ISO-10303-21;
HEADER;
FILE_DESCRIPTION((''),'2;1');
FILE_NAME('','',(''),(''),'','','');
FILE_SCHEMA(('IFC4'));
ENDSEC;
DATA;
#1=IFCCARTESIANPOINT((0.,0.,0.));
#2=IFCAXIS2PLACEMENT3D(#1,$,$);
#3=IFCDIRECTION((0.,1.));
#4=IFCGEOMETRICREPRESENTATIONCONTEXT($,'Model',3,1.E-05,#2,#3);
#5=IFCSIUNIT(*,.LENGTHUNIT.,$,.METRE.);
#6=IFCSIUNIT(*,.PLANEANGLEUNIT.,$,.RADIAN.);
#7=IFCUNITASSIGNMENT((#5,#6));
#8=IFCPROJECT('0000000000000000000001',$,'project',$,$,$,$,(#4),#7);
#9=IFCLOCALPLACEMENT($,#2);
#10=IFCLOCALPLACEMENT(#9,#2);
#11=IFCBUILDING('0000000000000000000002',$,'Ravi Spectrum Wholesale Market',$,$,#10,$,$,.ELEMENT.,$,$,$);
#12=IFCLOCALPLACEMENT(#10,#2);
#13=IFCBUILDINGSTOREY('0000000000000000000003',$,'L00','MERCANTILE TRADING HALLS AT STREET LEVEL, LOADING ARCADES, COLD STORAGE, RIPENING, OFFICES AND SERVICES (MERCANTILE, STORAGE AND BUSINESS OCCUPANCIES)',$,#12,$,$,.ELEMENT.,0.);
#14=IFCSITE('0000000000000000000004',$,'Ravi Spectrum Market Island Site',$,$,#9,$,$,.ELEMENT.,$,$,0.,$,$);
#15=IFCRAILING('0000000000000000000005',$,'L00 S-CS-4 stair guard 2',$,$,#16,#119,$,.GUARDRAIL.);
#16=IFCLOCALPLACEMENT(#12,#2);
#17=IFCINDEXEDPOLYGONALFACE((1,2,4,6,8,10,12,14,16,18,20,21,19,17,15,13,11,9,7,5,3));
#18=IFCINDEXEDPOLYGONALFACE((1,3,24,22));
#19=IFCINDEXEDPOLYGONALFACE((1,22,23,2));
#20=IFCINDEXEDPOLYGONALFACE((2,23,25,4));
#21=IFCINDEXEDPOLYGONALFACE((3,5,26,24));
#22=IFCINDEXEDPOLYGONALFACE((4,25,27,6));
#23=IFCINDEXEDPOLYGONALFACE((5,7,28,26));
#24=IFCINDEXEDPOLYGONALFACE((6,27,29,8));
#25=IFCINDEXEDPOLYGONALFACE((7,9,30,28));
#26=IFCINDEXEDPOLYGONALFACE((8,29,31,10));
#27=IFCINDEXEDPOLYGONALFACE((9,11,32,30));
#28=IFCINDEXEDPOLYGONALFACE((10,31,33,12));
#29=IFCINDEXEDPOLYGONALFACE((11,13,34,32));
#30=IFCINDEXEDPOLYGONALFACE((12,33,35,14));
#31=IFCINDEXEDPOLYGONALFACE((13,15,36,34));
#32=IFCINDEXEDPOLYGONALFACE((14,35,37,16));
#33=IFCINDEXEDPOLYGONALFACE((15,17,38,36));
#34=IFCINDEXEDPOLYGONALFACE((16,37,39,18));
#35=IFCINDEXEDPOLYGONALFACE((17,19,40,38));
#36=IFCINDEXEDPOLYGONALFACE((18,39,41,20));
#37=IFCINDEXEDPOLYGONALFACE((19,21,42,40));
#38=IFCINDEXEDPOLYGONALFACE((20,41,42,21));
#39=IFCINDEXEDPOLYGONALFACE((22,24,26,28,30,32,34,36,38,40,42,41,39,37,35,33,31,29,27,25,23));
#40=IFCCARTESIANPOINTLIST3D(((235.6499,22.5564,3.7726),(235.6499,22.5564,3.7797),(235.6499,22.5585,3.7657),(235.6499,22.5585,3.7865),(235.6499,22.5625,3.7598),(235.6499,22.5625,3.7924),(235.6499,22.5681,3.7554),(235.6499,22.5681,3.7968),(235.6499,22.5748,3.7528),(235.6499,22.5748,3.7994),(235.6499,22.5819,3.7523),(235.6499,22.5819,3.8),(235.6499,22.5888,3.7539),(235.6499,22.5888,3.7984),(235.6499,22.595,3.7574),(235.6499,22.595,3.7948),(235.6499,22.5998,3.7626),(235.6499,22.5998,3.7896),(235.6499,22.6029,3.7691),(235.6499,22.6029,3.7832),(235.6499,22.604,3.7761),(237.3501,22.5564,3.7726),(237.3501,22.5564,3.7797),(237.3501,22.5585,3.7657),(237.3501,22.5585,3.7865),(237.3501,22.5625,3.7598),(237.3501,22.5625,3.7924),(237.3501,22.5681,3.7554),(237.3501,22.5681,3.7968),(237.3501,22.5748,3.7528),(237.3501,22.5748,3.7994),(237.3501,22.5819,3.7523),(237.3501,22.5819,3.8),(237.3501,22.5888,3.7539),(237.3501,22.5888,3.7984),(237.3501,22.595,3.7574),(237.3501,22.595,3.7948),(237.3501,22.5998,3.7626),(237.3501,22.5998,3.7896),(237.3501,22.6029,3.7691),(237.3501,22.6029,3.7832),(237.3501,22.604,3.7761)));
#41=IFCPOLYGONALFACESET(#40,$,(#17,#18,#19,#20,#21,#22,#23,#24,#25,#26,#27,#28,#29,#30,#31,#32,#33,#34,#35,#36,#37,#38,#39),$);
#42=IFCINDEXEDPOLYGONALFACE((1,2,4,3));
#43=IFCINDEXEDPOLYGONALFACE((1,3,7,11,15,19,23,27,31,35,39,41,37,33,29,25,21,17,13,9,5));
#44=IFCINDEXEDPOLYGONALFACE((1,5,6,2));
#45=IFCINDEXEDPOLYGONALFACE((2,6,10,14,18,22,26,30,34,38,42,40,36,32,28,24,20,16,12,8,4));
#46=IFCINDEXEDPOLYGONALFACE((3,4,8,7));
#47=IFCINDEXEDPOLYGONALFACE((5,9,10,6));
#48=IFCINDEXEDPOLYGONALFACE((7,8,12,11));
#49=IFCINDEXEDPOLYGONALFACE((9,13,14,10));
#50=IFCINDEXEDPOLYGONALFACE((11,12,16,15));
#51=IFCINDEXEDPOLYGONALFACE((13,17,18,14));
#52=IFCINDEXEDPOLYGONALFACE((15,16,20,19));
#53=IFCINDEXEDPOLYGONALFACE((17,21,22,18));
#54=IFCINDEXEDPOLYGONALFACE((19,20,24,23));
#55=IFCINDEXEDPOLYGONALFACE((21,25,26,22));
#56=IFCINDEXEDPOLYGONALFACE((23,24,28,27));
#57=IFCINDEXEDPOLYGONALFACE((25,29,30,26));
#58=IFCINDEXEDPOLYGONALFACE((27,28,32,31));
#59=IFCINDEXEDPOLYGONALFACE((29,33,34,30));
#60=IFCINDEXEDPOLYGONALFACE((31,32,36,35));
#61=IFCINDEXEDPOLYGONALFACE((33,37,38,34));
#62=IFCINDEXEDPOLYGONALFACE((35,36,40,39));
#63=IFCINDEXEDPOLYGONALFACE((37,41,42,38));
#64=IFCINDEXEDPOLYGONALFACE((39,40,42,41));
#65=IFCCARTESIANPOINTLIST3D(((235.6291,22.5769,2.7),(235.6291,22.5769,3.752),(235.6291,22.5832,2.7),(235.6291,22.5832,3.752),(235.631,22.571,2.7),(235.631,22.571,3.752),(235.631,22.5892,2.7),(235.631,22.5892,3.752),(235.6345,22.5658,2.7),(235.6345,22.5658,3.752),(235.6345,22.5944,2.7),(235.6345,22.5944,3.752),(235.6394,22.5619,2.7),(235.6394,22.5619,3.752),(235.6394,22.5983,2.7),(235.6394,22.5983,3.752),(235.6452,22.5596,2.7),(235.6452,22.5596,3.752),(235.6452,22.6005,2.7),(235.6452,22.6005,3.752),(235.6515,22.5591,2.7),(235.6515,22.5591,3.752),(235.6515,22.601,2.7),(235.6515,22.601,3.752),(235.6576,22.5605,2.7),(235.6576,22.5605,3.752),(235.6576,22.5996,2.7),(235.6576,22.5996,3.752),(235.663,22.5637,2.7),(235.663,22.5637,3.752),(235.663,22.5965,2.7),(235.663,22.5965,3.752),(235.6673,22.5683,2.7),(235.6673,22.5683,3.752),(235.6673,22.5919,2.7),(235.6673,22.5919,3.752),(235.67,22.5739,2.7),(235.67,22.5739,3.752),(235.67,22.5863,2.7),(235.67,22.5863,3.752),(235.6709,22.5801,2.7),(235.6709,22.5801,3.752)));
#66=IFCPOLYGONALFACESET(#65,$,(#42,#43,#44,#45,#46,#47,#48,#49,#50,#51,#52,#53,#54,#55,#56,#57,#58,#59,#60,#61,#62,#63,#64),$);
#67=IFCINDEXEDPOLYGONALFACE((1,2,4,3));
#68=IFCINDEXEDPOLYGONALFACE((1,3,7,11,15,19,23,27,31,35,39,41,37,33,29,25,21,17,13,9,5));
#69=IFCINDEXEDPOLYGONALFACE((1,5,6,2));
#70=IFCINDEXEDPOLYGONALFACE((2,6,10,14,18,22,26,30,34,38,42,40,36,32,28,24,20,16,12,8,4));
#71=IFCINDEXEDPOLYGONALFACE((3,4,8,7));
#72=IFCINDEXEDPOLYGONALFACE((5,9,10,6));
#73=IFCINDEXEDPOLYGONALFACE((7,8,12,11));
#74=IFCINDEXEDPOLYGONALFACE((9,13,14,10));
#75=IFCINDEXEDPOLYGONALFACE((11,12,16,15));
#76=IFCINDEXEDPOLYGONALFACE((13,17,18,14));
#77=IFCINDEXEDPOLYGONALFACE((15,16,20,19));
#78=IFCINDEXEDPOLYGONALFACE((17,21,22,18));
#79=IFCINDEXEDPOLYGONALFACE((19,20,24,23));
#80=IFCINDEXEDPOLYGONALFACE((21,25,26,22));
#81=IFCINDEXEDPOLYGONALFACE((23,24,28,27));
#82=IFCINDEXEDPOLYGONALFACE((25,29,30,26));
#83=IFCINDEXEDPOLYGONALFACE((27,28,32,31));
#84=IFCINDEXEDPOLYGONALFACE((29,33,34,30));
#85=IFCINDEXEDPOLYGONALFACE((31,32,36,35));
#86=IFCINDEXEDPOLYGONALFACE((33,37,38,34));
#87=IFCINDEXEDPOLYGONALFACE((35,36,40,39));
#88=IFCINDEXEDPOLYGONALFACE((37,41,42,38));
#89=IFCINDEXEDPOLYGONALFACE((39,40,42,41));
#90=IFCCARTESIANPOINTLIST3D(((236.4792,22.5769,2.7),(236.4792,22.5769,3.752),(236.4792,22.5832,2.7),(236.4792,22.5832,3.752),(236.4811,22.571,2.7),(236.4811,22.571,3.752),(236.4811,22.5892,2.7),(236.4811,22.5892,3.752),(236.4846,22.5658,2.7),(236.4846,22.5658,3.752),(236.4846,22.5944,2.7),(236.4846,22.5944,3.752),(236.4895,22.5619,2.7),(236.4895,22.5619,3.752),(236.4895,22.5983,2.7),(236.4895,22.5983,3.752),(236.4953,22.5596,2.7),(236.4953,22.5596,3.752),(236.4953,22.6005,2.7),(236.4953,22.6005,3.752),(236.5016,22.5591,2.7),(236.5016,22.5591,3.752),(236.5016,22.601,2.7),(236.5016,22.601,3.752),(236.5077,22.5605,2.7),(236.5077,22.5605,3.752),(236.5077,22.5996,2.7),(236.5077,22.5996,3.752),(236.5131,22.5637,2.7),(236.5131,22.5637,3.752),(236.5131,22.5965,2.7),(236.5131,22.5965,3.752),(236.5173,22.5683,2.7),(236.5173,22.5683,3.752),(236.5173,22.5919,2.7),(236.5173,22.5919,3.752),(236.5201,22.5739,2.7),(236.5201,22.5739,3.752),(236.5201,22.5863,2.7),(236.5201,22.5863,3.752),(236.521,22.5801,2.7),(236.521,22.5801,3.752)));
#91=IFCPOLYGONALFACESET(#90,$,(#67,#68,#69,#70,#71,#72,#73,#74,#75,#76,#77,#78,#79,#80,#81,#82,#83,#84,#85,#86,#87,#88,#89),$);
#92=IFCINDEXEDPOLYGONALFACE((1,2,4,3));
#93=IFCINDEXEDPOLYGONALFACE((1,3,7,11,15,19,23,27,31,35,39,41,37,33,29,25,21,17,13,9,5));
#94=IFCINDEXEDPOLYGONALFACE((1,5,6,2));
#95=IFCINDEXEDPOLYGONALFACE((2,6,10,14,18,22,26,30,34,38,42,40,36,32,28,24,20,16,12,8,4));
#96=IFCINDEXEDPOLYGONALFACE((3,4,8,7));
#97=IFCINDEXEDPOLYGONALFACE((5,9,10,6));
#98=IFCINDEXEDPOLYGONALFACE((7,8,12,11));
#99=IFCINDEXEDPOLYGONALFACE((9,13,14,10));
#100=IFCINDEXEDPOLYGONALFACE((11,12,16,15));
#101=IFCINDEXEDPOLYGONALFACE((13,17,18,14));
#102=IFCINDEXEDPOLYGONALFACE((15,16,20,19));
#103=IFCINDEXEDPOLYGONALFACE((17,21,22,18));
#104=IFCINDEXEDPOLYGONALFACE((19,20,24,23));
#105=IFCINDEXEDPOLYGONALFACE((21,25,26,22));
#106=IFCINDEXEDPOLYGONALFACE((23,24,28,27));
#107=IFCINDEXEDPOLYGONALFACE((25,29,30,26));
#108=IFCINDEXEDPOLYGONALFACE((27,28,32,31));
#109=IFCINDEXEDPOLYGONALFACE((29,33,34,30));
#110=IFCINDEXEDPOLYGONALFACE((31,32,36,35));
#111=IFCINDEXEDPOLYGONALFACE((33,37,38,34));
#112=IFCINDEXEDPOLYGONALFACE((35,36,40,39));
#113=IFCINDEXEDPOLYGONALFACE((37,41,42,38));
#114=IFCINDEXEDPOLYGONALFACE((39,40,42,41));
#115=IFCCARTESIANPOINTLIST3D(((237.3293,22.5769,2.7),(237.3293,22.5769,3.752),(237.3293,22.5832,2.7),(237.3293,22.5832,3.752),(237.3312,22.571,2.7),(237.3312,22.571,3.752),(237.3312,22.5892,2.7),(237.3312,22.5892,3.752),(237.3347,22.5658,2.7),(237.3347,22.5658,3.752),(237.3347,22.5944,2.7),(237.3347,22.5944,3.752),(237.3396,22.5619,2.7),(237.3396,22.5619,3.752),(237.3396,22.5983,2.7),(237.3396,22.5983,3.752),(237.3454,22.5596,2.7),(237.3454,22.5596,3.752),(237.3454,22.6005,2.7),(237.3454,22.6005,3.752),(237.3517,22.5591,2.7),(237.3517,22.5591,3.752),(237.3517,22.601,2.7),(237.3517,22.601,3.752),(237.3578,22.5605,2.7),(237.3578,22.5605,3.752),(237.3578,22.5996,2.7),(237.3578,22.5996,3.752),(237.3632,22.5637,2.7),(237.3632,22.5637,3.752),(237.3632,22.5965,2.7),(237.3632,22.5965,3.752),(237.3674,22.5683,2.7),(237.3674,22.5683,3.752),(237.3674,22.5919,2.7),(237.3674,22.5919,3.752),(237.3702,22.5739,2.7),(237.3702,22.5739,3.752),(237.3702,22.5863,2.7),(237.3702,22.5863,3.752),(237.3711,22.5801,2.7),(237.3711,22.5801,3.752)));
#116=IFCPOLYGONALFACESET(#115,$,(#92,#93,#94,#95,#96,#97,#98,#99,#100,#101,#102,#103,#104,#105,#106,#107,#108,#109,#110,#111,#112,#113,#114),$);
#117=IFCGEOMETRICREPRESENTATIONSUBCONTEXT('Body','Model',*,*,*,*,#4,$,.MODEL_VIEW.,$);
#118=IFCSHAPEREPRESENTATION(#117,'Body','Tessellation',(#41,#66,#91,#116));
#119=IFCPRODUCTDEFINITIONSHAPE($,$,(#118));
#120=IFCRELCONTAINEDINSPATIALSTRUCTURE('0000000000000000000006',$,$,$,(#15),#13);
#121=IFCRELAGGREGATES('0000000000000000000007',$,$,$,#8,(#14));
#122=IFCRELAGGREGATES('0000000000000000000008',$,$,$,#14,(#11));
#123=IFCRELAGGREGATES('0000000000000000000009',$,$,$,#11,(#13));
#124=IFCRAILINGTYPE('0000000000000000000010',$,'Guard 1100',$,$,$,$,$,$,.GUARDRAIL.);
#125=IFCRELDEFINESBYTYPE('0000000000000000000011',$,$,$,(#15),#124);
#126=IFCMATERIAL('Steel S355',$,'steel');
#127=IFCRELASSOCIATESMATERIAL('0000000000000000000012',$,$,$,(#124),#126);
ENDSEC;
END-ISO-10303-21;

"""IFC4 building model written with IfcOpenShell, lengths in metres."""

from ifc_helpers import new_model, si_unit, direction, frame, origin, origin_2d, place, context, subcontext, project, spatial, circle, extrude, material, type_object, element, save


model = new_model("IFC4")

# Units and contexts
model_context = context("Model", 3, precision=1e-05, world=origin(), true_north=direction((0.0, 1.0)))
body_context = subcontext(model_context, "Body", "Model", "MODEL_VIEW")
ifc_project = project(units=[si_unit("LENGTHUNIT", "METRE"), si_unit("PLANEANGLEUNIT", "RADIAN")], contexts=[model_context])

# Site, building, storey
site_placement = place(None, origin())
site = spatial("IfcSite", under=ifc_project, at=site_placement, Name="Ravi Spectrum Market Island Site", CompositionType="ELEMENT", RefElevation=0.0)
building_placement = place(site_placement, origin())
building = spatial("IfcBuilding", under=site, at=building_placement, Name="Ravi Spectrum Wholesale Market", CompositionType="ELEMENT")
storey_placement = place(building_placement, origin())
storey = spatial("IfcBuildingStorey", under=building, at=storey_placement, Name="L00", Description="MERCANTILE TRADING HALLS AT STREET LEVEL, LOADING ARCADES, COLD STORAGE, RIPENING, OFFICES AND SERVICES (MERCANTILE, STORAGE AND BUSINESS OCCUPANCIES)", CompositionType="ELEMENT", Elevation=0.0)

# Railing
ifc_material_1 = material(Name="Steel S355", Category="steel")
railing_type_1 = type_object("IfcRailingType", Name="Guard 1100", PredefinedType="GUARDRAIL", material=ifc_material_1)
railing_1_placement = place(storey_placement, frame((235.6499, 22.5801, 2.7)))
element("IfcRailing", 1, at=railing_1_placement, inside=storey, type_object=railing_type_1, Name="L00 S-CS-4 stair guard 2", PredefinedType="GUARDRAIL", context=body_context, shape_type="SweptSolid", body=[
    extrude(circle(Radius=0.0239, at=origin_2d()), frame((0.0, 0.0, 1.0762), z_axis=(1.0, 0.0, 0.0), x_axis=(0.0, 1.0, 0.0)), (0.0, 0.0, 1.0), 1.7002),
    extrude(circle(Radius=0.021, at=origin_2d()), origin(), (0.0, 0.0, 1.0), 1.052),
    extrude(circle(Radius=0.021, at=origin_2d()), frame((0.8501, 0.0, 0.0)), (0.0, 0.0, 1.0), 1.052),
    extrude(circle(Radius=0.021, at=origin_2d()), frame((1.7002, 0.0, 0.0)), (0.0, 0.0, 1.0), 1.052),
])

save(model, "model.ifc")
